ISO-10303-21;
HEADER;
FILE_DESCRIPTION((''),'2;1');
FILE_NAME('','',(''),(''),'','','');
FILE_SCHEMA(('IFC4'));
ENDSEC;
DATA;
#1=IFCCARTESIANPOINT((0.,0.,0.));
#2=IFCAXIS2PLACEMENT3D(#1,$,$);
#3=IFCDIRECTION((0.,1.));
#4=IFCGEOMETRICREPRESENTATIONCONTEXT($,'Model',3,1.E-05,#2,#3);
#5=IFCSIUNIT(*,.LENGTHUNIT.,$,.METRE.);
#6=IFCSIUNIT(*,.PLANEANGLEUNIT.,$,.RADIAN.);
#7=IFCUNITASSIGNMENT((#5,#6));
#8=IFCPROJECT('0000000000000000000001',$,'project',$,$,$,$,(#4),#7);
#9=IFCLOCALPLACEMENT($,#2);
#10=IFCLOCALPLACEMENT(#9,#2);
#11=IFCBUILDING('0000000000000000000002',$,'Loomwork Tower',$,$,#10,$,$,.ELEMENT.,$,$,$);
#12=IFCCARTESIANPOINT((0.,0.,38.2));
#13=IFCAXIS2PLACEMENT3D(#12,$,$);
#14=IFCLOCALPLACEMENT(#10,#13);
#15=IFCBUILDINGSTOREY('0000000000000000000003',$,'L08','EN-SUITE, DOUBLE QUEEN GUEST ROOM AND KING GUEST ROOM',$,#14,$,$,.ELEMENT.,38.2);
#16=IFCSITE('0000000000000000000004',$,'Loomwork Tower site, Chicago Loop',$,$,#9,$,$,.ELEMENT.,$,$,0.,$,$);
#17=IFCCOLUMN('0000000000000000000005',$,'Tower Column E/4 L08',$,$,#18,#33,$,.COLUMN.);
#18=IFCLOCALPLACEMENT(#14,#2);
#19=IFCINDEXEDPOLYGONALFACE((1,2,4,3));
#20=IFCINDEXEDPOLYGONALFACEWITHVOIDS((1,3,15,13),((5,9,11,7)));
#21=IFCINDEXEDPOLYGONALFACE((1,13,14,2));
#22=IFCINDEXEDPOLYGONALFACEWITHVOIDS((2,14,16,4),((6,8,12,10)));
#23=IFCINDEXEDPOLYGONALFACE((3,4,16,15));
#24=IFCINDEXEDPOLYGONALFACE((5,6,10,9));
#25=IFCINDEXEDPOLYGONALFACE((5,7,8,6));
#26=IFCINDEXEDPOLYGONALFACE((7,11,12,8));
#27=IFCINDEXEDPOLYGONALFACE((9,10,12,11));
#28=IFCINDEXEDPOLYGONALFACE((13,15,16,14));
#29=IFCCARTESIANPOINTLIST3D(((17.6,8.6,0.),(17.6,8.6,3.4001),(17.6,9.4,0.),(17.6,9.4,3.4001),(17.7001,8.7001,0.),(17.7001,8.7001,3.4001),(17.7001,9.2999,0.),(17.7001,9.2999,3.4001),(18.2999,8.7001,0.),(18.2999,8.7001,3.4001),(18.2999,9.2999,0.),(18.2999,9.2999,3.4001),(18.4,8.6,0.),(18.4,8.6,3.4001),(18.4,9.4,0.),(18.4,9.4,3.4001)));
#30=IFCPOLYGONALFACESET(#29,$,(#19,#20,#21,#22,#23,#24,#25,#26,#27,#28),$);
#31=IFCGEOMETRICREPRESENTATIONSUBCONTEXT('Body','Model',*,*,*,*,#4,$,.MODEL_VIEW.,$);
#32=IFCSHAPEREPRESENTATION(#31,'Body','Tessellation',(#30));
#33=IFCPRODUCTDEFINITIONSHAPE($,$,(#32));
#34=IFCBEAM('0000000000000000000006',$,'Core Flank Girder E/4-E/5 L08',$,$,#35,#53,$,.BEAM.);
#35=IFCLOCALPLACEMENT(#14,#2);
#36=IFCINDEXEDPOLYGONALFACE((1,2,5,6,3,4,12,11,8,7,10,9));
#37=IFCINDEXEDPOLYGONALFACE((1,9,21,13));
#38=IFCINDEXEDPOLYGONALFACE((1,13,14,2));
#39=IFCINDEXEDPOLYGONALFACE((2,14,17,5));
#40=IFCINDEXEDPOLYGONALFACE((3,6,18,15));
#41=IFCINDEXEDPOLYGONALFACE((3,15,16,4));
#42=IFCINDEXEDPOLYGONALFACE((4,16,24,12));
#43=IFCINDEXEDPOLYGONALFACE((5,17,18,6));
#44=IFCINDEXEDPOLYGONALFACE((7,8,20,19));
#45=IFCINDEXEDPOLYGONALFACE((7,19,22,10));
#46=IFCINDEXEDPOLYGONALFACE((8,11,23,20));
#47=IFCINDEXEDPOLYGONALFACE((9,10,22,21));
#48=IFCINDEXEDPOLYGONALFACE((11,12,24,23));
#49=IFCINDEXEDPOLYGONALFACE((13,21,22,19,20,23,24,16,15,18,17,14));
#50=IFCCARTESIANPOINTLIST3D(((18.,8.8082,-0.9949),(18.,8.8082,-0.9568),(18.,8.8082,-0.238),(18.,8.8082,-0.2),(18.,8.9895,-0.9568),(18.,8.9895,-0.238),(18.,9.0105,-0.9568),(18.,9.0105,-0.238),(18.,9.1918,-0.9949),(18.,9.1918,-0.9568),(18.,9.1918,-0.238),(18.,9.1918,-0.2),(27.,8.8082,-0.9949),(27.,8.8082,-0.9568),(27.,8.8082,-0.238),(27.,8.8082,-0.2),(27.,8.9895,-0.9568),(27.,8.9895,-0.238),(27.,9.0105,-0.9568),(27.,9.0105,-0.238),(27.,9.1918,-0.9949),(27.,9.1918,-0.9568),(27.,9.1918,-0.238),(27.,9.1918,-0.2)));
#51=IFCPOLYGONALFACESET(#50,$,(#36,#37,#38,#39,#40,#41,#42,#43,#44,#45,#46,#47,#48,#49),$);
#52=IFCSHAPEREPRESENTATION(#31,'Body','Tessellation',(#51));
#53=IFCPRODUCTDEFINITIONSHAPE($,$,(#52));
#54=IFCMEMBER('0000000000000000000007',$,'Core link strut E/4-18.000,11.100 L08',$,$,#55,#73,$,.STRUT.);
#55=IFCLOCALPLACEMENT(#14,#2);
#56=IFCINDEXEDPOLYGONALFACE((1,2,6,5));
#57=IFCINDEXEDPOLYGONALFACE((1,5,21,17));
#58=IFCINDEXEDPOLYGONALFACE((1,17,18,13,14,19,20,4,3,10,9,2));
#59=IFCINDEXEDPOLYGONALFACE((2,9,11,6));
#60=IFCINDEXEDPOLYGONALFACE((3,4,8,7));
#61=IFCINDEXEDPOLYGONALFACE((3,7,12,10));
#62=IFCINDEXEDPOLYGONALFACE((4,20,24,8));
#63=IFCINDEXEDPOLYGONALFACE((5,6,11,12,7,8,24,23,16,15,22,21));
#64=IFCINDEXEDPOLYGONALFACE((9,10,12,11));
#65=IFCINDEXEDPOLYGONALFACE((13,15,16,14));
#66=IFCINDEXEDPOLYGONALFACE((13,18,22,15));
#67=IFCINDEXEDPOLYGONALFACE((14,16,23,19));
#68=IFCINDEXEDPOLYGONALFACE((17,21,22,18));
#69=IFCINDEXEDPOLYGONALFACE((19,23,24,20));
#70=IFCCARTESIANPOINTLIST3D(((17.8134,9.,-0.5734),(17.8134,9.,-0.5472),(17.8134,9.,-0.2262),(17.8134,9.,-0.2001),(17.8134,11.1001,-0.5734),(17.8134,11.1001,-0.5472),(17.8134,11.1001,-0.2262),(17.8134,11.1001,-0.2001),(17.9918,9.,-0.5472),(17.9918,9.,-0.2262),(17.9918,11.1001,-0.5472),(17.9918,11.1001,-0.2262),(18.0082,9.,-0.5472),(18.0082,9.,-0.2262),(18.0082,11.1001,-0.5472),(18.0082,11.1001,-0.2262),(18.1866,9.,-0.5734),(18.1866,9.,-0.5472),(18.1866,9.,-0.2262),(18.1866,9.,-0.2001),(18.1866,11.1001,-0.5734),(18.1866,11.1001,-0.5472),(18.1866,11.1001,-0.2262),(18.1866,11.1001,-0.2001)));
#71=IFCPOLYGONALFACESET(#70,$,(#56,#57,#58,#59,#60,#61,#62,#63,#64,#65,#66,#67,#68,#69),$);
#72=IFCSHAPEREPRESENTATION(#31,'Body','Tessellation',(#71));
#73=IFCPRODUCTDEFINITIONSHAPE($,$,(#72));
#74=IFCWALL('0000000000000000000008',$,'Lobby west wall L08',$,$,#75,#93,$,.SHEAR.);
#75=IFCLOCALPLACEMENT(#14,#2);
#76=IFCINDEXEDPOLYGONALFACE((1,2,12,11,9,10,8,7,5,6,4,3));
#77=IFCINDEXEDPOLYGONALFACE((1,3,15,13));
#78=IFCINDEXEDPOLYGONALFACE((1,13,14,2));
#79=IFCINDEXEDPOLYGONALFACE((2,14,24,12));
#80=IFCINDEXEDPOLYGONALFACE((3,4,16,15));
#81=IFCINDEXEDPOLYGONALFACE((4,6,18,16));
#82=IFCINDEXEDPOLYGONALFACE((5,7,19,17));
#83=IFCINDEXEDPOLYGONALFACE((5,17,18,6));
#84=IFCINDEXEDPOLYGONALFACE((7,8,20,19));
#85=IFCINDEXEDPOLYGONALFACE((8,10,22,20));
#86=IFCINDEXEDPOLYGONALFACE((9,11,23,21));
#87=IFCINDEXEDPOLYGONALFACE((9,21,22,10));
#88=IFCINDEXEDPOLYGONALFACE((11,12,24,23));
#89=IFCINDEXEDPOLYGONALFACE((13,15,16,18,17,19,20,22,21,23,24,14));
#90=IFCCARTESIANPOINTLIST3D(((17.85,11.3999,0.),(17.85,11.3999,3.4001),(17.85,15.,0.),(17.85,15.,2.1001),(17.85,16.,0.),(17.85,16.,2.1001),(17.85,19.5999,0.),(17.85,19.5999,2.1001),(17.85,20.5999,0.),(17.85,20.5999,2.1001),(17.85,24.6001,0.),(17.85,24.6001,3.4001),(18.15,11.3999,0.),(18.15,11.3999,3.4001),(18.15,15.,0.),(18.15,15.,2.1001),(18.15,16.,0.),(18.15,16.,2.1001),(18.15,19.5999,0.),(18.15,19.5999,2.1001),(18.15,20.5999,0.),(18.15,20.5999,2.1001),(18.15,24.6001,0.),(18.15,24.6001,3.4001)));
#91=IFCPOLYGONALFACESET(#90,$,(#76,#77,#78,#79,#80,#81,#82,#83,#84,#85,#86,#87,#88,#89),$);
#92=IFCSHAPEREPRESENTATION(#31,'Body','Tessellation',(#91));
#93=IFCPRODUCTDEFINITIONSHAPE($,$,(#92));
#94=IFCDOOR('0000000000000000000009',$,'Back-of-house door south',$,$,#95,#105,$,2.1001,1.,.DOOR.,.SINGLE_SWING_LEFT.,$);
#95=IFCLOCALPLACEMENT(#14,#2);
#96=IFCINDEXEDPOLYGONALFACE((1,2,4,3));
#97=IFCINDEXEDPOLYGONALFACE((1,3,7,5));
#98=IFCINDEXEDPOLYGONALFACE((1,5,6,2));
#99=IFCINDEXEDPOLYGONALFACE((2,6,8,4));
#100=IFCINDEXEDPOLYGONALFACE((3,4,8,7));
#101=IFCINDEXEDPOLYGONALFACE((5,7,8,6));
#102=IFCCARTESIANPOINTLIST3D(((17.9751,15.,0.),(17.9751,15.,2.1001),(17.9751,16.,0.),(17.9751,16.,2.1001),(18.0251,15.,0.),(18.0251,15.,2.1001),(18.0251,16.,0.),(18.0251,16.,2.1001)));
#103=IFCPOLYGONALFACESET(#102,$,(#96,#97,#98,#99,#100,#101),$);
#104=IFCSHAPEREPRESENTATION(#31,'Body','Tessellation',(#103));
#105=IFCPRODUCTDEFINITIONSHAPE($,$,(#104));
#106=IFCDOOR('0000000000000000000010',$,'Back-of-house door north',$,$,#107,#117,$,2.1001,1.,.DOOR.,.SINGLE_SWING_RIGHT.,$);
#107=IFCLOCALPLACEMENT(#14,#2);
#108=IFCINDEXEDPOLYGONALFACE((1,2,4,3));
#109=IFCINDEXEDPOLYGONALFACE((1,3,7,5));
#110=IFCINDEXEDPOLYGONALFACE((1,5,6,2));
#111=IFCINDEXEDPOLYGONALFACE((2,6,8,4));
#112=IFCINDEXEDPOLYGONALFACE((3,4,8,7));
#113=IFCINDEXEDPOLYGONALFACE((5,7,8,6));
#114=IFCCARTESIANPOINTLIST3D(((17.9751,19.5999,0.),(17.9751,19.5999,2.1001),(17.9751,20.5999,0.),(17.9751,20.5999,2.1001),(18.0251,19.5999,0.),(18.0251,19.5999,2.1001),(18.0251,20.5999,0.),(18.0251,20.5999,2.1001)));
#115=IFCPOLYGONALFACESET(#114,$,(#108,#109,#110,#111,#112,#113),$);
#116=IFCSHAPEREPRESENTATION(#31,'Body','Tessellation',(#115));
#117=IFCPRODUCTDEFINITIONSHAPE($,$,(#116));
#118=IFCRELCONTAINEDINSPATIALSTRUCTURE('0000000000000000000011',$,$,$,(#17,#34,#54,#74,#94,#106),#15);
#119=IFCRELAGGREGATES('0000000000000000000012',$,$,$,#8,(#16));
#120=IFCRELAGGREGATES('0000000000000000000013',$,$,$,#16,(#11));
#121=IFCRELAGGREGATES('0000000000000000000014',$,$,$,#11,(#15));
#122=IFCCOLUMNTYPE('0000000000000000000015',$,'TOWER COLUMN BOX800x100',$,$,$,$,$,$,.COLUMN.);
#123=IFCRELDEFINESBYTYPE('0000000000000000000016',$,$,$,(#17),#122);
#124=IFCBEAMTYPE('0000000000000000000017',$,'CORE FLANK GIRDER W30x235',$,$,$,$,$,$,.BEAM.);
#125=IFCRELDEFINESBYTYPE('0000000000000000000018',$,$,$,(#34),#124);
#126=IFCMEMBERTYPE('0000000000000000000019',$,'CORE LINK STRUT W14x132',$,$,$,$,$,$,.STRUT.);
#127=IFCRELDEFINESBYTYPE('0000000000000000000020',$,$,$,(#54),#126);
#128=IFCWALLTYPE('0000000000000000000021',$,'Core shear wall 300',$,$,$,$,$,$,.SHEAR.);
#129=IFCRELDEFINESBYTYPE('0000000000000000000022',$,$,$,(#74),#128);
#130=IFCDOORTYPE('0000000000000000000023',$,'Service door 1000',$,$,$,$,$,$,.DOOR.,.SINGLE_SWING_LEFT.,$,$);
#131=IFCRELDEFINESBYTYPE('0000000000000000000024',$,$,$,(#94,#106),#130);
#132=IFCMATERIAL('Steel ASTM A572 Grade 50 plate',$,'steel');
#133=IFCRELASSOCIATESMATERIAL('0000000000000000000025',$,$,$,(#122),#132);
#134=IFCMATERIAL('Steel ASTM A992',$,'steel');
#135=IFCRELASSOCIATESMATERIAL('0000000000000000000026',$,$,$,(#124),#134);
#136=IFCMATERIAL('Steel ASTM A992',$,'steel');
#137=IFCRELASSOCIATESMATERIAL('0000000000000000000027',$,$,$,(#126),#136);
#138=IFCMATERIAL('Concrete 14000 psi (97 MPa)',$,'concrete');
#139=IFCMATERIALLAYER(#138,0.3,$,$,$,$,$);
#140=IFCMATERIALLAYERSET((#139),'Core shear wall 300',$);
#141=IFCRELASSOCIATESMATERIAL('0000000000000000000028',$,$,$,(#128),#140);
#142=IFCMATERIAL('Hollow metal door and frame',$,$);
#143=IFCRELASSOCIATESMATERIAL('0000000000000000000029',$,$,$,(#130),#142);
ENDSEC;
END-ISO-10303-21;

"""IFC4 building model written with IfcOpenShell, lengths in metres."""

from ifc_helpers import new_model, si_unit, direction, frame, frame_2d, origin, origin_2d, place, context, subcontext, project, spatial, rectangle, hollow_rectangle, i_section, extrude, material, layer, layer_set, material_profile, profile_set, type_object, element, fill, save


model = new_model("IFC4")

# Units and contexts
model_context = context("Model", 3, precision=1e-05, world=origin(), true_north=direction((0.0, 1.0)))
body_context = subcontext(model_context, "Body", "Model", "MODEL_VIEW")
ifc_project = project(units=[si_unit("LENGTHUNIT", "METRE"), si_unit("PLANEANGLEUNIT", "RADIAN")], contexts=[model_context])

# Site, building, storey
site_placement = place(None, origin())
site = spatial("IfcSite", under=ifc_project, at=site_placement, Name="Loomwork Tower site, Chicago Loop", CompositionType="ELEMENT", RefElevation=0.0)
building_placement = place(site_placement, origin())
building = spatial("IfcBuilding", under=site, at=building_placement, Name="Loomwork Tower", CompositionType="ELEMENT")
storey_placement = place(building_placement, frame((0.0, 0.0, 38.2)))
storey = spatial("IfcBuildingStorey", under=building, at=storey_placement, Name="L08", Description="EN-SUITE, DOUBLE QUEEN GUEST ROOM AND KING GUEST ROOM", CompositionType="ELEMENT", Elevation=38.2)

# Column
ifc_material_1 = material(Name="Steel ASTM A572 Grade 50 plate", Category="steel")
ifc_material_profile_1 = material_profile(ifc_material_1, hollow_rectangle(XDim=0.8, YDim=0.8, WallThickness=0.1001, at=origin_2d()), Name="BOX800x100")
ifc_profile_set_1 = profile_set([ifc_material_profile_1], Name="Steel ASTM A572 Grade 50 plate")
column_type = type_object("IfcColumnType", Name="TOWER COLUMN BOX800x100", PredefinedType="COLUMN", material=ifc_profile_set_1)
column_placement = place(storey_placement, frame((18.0, 9.0, 0.0), z_axis=(0.0, 0.0, 1.0), x_axis=(1.0, 0.0, 0.0)))
element("IfcColumn", 1, at=column_placement, inside=storey, type_object=column_type, Name="Tower Column E/4 L08", PredefinedType="COLUMN", context=body_context, shape_type="SweptSolid", body=[
    extrude(hollow_rectangle(XDim=0.8, YDim=0.8, WallThickness=0.1001, at=origin_2d()), origin(), (0.0, 0.0, 1.0), 3.4001),
])

# Beam
ifc_material_2 = material(Name="Steel ASTM A992", Category="steel")
ifc_material_profile_2 = material_profile(ifc_material_2, i_section(OverallWidth=0.3835, OverallDepth=0.7949, WebThickness=0.021, FlangeThickness=0.0381, at=origin_2d()), Name="W30x235")
ifc_profile_set_2 = profile_set([ifc_material_profile_2], Name="Steel ASTM A992")
beam_type = type_object("IfcBeamType", Name="CORE FLANK GIRDER W30x235", PredefinedType="BEAM", material=ifc_profile_set_2)
beam_placement = place(storey_placement, frame((18.0, 9.0, -0.5974), z_axis=(1.0, 0.0, 0.0), x_axis=(0.0, 1.0, 0.0)))
element("IfcBeam", 2, at=beam_placement, inside=storey, type_object=beam_type, Name="Core Flank Girder E/4-E/5 L08", PredefinedType="BEAM", context=body_context, shape_type="SweptSolid", body=[
    extrude(i_section(OverallWidth=0.3835, OverallDepth=0.7949, WebThickness=0.021, FlangeThickness=0.0381, at=origin_2d()), origin(), (0.0, 0.0, 1.0), 9.0),
])

# Member
ifc_material_3 = material(Name="Steel ASTM A992", Category="steel")
ifc_material_profile_3 = material_profile(ifc_material_3, i_section(OverallWidth=0.3733, OverallDepth=0.3733, WebThickness=0.0164, FlangeThickness=0.0261, at=origin_2d()), Name="W14x132")
ifc_profile_set_3 = profile_set([ifc_material_profile_3], Name="Steel ASTM A992")
member_type = type_object("IfcMemberType", Name="CORE LINK STRUT W14x132", PredefinedType="STRUT", material=ifc_profile_set_3)
member_placement = place(storey_placement, frame((18.0, 9.0, -0.3867), z_axis=(0.0, 1.0, 0.0), x_axis=(-1.0, 0.0, 0.0)))
element("IfcMember", 3, at=member_placement, inside=storey, type_object=member_type, Name="Core link strut E/4-18.000,11.100 L08", PredefinedType="STRUT", context=body_context, shape_type="SweptSolid", body=[
    extrude(i_section(OverallWidth=0.3733, OverallDepth=0.3733, WebThickness=0.0164, FlangeThickness=0.0261, at=origin_2d()), origin(), (0.0, 0.0, 1.0), 2.1001),
])

# Wall, openings, doors
ifc_material_4 = material(Name="Concrete 14000 psi (97 MPa)", Category="concrete")
ifc_layer_1 = layer(ifc_material_4, 0.3)
ifc_layer_set_1 = layer_set([ifc_layer_1], Name="Core shear wall 300")
wall_type_1 = type_object("IfcWallType", Name="Core shear wall 300", PredefinedType="SHEAR", material=ifc_layer_set_1)
wall_1_placement = place(storey_placement, frame((18.0, 11.3999, 0.0), z_axis=(0.0, 0.0, 1.0), x_axis=(0.0, 1.0, 0.0)))
wall_1 = element("IfcWall", 4, at=wall_1_placement, inside=storey, type_object=wall_type_1, Name="Lobby west wall L08", PredefinedType="SHEAR", context=body_context, shape_type="SweptSolid", body=[
    extrude(rectangle(XDim=13.2002, YDim=0.3, at=frame_2d((6.6001, 0.0))), origin(), (0.0, 0.0, 1.0), 3.4001),
])
opening_1_placement = place(wall_1_placement, frame((3.6001, 0.0, 0.0)))
opening_1 = element("IfcOpeningElement", 5, at=opening_1_placement, cuts=wall_1, PredefinedType="OPENING", context=body_context, shape_type="SweptSolid", body=[
    extrude(rectangle(XDim=1.0, YDim=2.1001, at=frame_2d((0.5, 1.05))), frame((0.0, 0.1599, 0.0), z_axis=(0.0, -1.0, 0.0), x_axis=(1.0, 0.0, 0.0)), (0.0, 0.0, 1.0), 0.3201),
])
opening_2_placement = place(wall_1_placement, frame((8.2, 0.0, 0.0)))
opening_2 = element("IfcOpeningElement", 6, at=opening_2_placement, cuts=wall_1, PredefinedType="OPENING", context=body_context, shape_type="SweptSolid", body=[
    extrude(rectangle(XDim=1.0, YDim=2.1001, at=frame_2d((0.5, 1.05))), frame((0.0, 0.1599, 0.0), z_axis=(0.0, -1.0, 0.0), x_axis=(1.0, 0.0, 0.0)), (0.0, 0.0, 1.0), 0.3201),
])
ifc_material_5 = material(Name="Hollow metal door and frame")
door_type_1 = type_object("IfcDoorType", Name="Service door 1000", OperationType="SINGLE_SWING_LEFT", PredefinedType="DOOR", material=ifc_material_5)
door_1_placement = place(opening_1_placement, origin())
door_1 = element("IfcDoor", 7, at=door_1_placement, inside=storey, type_object=door_type_1, Name="Back-of-house door south", OperationType="SINGLE_SWING_LEFT", OverallHeight=2.1001, OverallWidth=1.0, PredefinedType="DOOR", context=body_context, shape_type="SweptSolid", body=[
    extrude(rectangle(XDim=1.0, YDim=2.1001, at=frame_2d((0.5, 1.05))), frame((0.0, 0.0249, 0.0), z_axis=(0.0, -1.0, 0.0), x_axis=(1.0, 0.0, 0.0)), (0.0, 0.0, 1.0), 0.05),
])
fill(opening_1, door_1)
door_2_placement = place(opening_2_placement, origin())
door_2 = element("IfcDoor", 8, at=door_2_placement, inside=storey, type_object=door_type_1, Name="Back-of-house door north", OperationType="SINGLE_SWING_RIGHT", OverallHeight=2.1001, OverallWidth=1.0, PredefinedType="DOOR", context=body_context, shape_type="SweptSolid", body=[
    extrude(rectangle(XDim=1.0, YDim=2.1001, at=frame_2d((0.5, 1.05))), frame((0.0, 0.0249, 0.0), z_axis=(0.0, -1.0, 0.0), x_axis=(1.0, 0.0, 0.0)), (0.0, 0.0, 1.0), 0.05),
])
fill(opening_2, door_2)

save(model, "model.ifc")
